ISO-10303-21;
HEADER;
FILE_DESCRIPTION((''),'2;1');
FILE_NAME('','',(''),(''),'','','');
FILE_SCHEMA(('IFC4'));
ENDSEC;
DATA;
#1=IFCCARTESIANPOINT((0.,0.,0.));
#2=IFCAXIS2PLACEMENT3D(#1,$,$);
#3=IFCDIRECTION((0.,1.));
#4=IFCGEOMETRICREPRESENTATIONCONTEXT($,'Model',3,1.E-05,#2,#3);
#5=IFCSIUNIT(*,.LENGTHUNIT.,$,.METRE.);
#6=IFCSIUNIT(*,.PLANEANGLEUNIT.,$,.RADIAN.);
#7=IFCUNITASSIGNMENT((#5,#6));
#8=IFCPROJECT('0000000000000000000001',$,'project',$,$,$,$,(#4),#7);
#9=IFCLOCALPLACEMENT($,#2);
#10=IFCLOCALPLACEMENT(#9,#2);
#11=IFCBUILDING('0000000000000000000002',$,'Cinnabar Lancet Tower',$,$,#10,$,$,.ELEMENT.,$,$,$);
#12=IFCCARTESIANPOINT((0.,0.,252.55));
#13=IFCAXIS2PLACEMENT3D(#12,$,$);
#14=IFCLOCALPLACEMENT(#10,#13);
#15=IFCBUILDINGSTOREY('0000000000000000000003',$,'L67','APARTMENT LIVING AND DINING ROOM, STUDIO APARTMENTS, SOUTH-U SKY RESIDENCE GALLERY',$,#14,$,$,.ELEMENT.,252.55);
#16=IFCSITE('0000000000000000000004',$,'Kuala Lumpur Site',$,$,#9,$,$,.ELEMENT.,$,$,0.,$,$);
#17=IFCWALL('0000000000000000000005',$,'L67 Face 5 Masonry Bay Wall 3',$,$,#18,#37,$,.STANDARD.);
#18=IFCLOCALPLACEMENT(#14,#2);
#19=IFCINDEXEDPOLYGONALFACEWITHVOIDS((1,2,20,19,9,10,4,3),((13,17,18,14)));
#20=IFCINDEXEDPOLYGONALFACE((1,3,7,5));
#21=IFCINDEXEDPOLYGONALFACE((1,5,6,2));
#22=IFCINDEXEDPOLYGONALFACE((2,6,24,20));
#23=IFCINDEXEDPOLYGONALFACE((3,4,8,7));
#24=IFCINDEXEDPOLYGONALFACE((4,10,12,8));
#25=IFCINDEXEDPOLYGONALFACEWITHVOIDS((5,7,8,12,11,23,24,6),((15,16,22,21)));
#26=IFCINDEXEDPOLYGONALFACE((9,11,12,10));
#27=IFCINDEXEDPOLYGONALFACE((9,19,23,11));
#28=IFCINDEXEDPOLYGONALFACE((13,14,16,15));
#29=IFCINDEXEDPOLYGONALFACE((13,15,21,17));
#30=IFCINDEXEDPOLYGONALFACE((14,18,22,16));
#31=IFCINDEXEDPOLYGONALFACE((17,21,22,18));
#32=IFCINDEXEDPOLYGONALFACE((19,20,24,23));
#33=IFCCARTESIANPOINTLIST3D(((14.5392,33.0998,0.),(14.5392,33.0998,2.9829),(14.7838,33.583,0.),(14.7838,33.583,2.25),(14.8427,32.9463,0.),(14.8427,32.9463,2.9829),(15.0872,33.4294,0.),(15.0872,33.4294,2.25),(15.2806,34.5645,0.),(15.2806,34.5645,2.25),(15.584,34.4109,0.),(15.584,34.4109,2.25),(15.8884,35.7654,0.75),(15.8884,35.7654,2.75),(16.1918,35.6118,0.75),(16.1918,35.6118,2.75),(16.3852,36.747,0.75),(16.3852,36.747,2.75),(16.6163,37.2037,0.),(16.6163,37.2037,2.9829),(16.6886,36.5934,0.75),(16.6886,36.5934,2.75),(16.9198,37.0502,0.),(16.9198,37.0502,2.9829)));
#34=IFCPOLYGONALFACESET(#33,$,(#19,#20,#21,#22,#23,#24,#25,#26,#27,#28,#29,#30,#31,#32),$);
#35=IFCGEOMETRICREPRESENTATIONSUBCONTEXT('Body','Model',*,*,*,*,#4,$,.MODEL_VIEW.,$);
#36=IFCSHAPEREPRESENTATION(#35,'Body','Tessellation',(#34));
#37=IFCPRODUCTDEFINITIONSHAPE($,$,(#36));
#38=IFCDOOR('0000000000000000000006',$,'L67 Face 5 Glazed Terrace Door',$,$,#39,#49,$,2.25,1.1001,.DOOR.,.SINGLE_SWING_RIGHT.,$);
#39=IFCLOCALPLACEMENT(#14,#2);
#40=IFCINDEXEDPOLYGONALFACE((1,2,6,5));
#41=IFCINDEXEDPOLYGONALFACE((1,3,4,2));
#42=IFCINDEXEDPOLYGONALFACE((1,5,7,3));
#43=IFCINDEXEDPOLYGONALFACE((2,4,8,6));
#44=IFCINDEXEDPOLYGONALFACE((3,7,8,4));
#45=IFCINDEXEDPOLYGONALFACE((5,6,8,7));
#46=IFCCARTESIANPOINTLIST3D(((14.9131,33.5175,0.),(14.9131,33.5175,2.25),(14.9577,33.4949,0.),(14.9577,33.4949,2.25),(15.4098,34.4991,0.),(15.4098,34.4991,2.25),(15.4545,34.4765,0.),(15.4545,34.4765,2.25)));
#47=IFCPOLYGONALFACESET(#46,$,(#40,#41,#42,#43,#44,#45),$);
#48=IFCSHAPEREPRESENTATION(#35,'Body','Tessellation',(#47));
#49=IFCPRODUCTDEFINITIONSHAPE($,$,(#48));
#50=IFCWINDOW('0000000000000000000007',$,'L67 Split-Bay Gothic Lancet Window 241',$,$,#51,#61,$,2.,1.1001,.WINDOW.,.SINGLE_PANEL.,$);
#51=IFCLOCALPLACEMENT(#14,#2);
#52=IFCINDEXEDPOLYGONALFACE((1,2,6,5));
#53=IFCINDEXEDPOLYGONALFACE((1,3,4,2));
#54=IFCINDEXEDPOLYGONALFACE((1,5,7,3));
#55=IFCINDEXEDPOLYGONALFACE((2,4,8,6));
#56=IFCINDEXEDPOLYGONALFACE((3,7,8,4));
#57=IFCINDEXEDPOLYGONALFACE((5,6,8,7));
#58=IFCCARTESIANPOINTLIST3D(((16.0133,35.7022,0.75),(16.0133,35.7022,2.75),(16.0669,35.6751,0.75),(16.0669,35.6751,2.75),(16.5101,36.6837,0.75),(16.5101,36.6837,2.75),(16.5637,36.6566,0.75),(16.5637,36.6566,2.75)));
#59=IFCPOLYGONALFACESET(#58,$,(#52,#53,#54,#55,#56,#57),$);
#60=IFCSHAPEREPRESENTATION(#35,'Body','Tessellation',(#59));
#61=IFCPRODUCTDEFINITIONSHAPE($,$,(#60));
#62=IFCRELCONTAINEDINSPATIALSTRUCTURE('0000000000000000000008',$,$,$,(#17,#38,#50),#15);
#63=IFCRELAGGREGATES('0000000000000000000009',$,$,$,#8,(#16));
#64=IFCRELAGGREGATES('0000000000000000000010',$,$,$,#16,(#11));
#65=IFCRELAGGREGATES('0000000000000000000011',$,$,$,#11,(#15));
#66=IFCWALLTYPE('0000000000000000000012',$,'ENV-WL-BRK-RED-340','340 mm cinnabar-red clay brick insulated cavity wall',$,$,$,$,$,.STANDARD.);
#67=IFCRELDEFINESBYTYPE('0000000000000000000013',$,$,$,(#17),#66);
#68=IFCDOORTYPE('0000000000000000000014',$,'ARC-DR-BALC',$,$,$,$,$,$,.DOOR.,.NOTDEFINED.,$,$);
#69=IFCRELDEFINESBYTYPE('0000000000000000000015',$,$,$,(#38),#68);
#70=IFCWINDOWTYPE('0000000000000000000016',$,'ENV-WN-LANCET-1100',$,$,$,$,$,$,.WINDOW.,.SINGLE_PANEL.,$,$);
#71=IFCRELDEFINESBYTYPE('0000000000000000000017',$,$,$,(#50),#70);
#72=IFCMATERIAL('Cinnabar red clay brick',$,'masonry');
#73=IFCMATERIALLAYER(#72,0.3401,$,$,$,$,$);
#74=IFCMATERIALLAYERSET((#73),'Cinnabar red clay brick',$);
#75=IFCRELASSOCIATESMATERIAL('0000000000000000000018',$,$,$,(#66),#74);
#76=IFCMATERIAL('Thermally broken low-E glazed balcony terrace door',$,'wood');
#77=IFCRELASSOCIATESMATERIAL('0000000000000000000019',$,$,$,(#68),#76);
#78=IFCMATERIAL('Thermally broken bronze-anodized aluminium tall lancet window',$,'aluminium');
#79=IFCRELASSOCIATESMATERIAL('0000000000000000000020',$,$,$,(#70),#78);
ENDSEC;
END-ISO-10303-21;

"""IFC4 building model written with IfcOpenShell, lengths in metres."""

from ifc_helpers import new_model, si_unit, direction, frame, frame_2d, origin, place, context, subcontext, project, spatial, rectangle, extrude, material, layer, layer_set, type_object, element, fill, save


model = new_model("IFC4")

# Units and contexts
model_context = context("Model", 3, precision=1e-05, world=origin(), true_north=direction((0.0, 1.0)))
body_context = subcontext(model_context, "Body", "Model", "MODEL_VIEW")
ifc_project = project(units=[si_unit("LENGTHUNIT", "METRE"), si_unit("PLANEANGLEUNIT", "RADIAN")], contexts=[model_context])

# Site, building, storey
site_placement = place(None, origin())
site = spatial("IfcSite", under=ifc_project, at=site_placement, Name="Kuala Lumpur Site", CompositionType="ELEMENT", RefElevation=0.0)
building_placement = place(site_placement, origin())
building = spatial("IfcBuilding", under=site, at=building_placement, Name="Cinnabar Lancet Tower", CompositionType="ELEMENT")
storey_placement = place(building_placement, frame((0.0, 0.0, 252.55)))
storey = spatial("IfcBuildingStorey", under=building, at=storey_placement, Name="L67", Description="APARTMENT LIVING AND DINING ROOM, STUDIO APARTMENTS, SOUTH-U SKY RESIDENCE GALLERY", CompositionType="ELEMENT", Elevation=252.55)

# Shared definitions
ifc_material_1 = material(Name="Cinnabar red clay brick", Category="masonry")
ifc_layer_1 = layer(ifc_material_1, 0.3401)
ifc_layer_set_1 = layer_set([ifc_layer_1], Name="Cinnabar red clay brick")
wall_type_1 = type_object("IfcWallType", Name="ENV-WL-BRK-RED-340", Description="340 mm cinnabar-red clay brick insulated cavity wall", PredefinedType="STANDARD", material=ifc_layer_set_1)

# Wall, openings, door, window
wall_1_placement = place(storey_placement, frame((16.7681, 37.127, 0.0), z_axis=(0.0, 0.0, 1.0), x_axis=(-0.451582, -0.89223, 0.0)))
wall_1 = element("IfcWall", 1, at=wall_1_placement, inside=storey, type_object=wall_type_1, Name="L67 Face 5 Masonry Bay Wall 3", PredefinedType="STANDARD", context=body_context, shape_type="SweptSolid", body=[
    extrude(rectangle(XDim=4.5996, YDim=0.3401, at=frame_2d((2.2998, 0.0))), origin(), (0.0, 0.0, 1.0), 2.9829),
])
opening_1_placement = place(wall_1_placement, frame((2.958, 0.0, 0.0)))
opening_1 = element("IfcOpeningElement", 2, at=opening_1_placement, cuts=wall_1, PredefinedType="OPENING", context=body_context, shape_type="SweptSolid", body=[
    extrude(rectangle(XDim=1.1001, YDim=2.25, at=frame_2d((0.55, 1.125))), frame((0.0, 0.1799, 0.0), z_axis=(0.0, -1.0, 0.0), x_axis=(1.0, 0.0, 0.0)), (0.0, 0.0, 1.0), 0.3601),
])
opening_2_placement = place(wall_1_placement, frame((0.512, 0.0, 0.75)))
opening_2 = element("IfcOpeningElement", 3, at=opening_2_placement, cuts=wall_1, PredefinedType="OPENING", context=body_context, shape_type="SweptSolid", body=[
    extrude(rectangle(XDim=1.1001, YDim=2.0, at=frame_2d((0.55, 1.0))), frame((0.0, 0.1799, 0.0), z_axis=(0.0, -1.0, 0.0), x_axis=(1.0, 0.0, 0.0)), (0.0, 0.0, 1.0), 0.3601),
])
ifc_material_2 = material(Name="Thermally broken low-E glazed balcony terrace door", Category="wood")
door_type_1 = type_object("IfcDoorType", Name="ARC-DR-BALC", OperationType="NOTDEFINED", PredefinedType="DOOR", material=ifc_material_2)
door_1_placement = place(opening_1_placement, origin())
door_1 = element("IfcDoor", 4, at=door_1_placement, inside=storey, type_object=door_type_1, Name="L67 Face 5 Glazed Terrace Door", OperationType="SINGLE_SWING_RIGHT", OverallHeight=2.25, OverallWidth=1.1001, PredefinedType="DOOR", context=body_context, shape_type="SweptSolid", body=[
    extrude(rectangle(XDim=1.1001, YDim=2.25, at=frame_2d((0.55, 1.125))), frame((0.0, 0.0249, 0.0), z_axis=(0.0, -1.0, 0.0), x_axis=(1.0, 0.0, 0.0)), (0.0, 0.0, 1.0), 0.05),
])
fill(opening_1, door_1)
ifc_material_3 = material(Name="Thermally broken bronze-anodized aluminium tall lancet window", Category="aluminium")
window_type_1 = type_object("IfcWindowType", Name="ENV-WN-LANCET-1100", PartitioningType="SINGLE_PANEL", PredefinedType="WINDOW", material=ifc_material_3)
window_1_placement = place(opening_2_placement, origin())
window_1 = element("IfcWindow", 5, at=window_1_placement, inside=storey, type_object=window_type_1, Name="L67 Split-Bay Gothic Lancet Window 241", OverallHeight=2.0, OverallWidth=1.1001, PartitioningType="SINGLE_PANEL", PredefinedType="WINDOW", context=body_context, shape_type="SweptSolid", body=[
    extrude(rectangle(XDim=1.1001, YDim=2.0, at=frame_2d((0.55, 1.0))), frame((0.0, 0.03, 0.0), z_axis=(0.0, -1.0, 0.0), x_axis=(1.0, 0.0, 0.0)), (0.0, 0.0, 1.0), 0.0601),
])
fill(opening_2, window_1)

save(model, "model.ifc")
